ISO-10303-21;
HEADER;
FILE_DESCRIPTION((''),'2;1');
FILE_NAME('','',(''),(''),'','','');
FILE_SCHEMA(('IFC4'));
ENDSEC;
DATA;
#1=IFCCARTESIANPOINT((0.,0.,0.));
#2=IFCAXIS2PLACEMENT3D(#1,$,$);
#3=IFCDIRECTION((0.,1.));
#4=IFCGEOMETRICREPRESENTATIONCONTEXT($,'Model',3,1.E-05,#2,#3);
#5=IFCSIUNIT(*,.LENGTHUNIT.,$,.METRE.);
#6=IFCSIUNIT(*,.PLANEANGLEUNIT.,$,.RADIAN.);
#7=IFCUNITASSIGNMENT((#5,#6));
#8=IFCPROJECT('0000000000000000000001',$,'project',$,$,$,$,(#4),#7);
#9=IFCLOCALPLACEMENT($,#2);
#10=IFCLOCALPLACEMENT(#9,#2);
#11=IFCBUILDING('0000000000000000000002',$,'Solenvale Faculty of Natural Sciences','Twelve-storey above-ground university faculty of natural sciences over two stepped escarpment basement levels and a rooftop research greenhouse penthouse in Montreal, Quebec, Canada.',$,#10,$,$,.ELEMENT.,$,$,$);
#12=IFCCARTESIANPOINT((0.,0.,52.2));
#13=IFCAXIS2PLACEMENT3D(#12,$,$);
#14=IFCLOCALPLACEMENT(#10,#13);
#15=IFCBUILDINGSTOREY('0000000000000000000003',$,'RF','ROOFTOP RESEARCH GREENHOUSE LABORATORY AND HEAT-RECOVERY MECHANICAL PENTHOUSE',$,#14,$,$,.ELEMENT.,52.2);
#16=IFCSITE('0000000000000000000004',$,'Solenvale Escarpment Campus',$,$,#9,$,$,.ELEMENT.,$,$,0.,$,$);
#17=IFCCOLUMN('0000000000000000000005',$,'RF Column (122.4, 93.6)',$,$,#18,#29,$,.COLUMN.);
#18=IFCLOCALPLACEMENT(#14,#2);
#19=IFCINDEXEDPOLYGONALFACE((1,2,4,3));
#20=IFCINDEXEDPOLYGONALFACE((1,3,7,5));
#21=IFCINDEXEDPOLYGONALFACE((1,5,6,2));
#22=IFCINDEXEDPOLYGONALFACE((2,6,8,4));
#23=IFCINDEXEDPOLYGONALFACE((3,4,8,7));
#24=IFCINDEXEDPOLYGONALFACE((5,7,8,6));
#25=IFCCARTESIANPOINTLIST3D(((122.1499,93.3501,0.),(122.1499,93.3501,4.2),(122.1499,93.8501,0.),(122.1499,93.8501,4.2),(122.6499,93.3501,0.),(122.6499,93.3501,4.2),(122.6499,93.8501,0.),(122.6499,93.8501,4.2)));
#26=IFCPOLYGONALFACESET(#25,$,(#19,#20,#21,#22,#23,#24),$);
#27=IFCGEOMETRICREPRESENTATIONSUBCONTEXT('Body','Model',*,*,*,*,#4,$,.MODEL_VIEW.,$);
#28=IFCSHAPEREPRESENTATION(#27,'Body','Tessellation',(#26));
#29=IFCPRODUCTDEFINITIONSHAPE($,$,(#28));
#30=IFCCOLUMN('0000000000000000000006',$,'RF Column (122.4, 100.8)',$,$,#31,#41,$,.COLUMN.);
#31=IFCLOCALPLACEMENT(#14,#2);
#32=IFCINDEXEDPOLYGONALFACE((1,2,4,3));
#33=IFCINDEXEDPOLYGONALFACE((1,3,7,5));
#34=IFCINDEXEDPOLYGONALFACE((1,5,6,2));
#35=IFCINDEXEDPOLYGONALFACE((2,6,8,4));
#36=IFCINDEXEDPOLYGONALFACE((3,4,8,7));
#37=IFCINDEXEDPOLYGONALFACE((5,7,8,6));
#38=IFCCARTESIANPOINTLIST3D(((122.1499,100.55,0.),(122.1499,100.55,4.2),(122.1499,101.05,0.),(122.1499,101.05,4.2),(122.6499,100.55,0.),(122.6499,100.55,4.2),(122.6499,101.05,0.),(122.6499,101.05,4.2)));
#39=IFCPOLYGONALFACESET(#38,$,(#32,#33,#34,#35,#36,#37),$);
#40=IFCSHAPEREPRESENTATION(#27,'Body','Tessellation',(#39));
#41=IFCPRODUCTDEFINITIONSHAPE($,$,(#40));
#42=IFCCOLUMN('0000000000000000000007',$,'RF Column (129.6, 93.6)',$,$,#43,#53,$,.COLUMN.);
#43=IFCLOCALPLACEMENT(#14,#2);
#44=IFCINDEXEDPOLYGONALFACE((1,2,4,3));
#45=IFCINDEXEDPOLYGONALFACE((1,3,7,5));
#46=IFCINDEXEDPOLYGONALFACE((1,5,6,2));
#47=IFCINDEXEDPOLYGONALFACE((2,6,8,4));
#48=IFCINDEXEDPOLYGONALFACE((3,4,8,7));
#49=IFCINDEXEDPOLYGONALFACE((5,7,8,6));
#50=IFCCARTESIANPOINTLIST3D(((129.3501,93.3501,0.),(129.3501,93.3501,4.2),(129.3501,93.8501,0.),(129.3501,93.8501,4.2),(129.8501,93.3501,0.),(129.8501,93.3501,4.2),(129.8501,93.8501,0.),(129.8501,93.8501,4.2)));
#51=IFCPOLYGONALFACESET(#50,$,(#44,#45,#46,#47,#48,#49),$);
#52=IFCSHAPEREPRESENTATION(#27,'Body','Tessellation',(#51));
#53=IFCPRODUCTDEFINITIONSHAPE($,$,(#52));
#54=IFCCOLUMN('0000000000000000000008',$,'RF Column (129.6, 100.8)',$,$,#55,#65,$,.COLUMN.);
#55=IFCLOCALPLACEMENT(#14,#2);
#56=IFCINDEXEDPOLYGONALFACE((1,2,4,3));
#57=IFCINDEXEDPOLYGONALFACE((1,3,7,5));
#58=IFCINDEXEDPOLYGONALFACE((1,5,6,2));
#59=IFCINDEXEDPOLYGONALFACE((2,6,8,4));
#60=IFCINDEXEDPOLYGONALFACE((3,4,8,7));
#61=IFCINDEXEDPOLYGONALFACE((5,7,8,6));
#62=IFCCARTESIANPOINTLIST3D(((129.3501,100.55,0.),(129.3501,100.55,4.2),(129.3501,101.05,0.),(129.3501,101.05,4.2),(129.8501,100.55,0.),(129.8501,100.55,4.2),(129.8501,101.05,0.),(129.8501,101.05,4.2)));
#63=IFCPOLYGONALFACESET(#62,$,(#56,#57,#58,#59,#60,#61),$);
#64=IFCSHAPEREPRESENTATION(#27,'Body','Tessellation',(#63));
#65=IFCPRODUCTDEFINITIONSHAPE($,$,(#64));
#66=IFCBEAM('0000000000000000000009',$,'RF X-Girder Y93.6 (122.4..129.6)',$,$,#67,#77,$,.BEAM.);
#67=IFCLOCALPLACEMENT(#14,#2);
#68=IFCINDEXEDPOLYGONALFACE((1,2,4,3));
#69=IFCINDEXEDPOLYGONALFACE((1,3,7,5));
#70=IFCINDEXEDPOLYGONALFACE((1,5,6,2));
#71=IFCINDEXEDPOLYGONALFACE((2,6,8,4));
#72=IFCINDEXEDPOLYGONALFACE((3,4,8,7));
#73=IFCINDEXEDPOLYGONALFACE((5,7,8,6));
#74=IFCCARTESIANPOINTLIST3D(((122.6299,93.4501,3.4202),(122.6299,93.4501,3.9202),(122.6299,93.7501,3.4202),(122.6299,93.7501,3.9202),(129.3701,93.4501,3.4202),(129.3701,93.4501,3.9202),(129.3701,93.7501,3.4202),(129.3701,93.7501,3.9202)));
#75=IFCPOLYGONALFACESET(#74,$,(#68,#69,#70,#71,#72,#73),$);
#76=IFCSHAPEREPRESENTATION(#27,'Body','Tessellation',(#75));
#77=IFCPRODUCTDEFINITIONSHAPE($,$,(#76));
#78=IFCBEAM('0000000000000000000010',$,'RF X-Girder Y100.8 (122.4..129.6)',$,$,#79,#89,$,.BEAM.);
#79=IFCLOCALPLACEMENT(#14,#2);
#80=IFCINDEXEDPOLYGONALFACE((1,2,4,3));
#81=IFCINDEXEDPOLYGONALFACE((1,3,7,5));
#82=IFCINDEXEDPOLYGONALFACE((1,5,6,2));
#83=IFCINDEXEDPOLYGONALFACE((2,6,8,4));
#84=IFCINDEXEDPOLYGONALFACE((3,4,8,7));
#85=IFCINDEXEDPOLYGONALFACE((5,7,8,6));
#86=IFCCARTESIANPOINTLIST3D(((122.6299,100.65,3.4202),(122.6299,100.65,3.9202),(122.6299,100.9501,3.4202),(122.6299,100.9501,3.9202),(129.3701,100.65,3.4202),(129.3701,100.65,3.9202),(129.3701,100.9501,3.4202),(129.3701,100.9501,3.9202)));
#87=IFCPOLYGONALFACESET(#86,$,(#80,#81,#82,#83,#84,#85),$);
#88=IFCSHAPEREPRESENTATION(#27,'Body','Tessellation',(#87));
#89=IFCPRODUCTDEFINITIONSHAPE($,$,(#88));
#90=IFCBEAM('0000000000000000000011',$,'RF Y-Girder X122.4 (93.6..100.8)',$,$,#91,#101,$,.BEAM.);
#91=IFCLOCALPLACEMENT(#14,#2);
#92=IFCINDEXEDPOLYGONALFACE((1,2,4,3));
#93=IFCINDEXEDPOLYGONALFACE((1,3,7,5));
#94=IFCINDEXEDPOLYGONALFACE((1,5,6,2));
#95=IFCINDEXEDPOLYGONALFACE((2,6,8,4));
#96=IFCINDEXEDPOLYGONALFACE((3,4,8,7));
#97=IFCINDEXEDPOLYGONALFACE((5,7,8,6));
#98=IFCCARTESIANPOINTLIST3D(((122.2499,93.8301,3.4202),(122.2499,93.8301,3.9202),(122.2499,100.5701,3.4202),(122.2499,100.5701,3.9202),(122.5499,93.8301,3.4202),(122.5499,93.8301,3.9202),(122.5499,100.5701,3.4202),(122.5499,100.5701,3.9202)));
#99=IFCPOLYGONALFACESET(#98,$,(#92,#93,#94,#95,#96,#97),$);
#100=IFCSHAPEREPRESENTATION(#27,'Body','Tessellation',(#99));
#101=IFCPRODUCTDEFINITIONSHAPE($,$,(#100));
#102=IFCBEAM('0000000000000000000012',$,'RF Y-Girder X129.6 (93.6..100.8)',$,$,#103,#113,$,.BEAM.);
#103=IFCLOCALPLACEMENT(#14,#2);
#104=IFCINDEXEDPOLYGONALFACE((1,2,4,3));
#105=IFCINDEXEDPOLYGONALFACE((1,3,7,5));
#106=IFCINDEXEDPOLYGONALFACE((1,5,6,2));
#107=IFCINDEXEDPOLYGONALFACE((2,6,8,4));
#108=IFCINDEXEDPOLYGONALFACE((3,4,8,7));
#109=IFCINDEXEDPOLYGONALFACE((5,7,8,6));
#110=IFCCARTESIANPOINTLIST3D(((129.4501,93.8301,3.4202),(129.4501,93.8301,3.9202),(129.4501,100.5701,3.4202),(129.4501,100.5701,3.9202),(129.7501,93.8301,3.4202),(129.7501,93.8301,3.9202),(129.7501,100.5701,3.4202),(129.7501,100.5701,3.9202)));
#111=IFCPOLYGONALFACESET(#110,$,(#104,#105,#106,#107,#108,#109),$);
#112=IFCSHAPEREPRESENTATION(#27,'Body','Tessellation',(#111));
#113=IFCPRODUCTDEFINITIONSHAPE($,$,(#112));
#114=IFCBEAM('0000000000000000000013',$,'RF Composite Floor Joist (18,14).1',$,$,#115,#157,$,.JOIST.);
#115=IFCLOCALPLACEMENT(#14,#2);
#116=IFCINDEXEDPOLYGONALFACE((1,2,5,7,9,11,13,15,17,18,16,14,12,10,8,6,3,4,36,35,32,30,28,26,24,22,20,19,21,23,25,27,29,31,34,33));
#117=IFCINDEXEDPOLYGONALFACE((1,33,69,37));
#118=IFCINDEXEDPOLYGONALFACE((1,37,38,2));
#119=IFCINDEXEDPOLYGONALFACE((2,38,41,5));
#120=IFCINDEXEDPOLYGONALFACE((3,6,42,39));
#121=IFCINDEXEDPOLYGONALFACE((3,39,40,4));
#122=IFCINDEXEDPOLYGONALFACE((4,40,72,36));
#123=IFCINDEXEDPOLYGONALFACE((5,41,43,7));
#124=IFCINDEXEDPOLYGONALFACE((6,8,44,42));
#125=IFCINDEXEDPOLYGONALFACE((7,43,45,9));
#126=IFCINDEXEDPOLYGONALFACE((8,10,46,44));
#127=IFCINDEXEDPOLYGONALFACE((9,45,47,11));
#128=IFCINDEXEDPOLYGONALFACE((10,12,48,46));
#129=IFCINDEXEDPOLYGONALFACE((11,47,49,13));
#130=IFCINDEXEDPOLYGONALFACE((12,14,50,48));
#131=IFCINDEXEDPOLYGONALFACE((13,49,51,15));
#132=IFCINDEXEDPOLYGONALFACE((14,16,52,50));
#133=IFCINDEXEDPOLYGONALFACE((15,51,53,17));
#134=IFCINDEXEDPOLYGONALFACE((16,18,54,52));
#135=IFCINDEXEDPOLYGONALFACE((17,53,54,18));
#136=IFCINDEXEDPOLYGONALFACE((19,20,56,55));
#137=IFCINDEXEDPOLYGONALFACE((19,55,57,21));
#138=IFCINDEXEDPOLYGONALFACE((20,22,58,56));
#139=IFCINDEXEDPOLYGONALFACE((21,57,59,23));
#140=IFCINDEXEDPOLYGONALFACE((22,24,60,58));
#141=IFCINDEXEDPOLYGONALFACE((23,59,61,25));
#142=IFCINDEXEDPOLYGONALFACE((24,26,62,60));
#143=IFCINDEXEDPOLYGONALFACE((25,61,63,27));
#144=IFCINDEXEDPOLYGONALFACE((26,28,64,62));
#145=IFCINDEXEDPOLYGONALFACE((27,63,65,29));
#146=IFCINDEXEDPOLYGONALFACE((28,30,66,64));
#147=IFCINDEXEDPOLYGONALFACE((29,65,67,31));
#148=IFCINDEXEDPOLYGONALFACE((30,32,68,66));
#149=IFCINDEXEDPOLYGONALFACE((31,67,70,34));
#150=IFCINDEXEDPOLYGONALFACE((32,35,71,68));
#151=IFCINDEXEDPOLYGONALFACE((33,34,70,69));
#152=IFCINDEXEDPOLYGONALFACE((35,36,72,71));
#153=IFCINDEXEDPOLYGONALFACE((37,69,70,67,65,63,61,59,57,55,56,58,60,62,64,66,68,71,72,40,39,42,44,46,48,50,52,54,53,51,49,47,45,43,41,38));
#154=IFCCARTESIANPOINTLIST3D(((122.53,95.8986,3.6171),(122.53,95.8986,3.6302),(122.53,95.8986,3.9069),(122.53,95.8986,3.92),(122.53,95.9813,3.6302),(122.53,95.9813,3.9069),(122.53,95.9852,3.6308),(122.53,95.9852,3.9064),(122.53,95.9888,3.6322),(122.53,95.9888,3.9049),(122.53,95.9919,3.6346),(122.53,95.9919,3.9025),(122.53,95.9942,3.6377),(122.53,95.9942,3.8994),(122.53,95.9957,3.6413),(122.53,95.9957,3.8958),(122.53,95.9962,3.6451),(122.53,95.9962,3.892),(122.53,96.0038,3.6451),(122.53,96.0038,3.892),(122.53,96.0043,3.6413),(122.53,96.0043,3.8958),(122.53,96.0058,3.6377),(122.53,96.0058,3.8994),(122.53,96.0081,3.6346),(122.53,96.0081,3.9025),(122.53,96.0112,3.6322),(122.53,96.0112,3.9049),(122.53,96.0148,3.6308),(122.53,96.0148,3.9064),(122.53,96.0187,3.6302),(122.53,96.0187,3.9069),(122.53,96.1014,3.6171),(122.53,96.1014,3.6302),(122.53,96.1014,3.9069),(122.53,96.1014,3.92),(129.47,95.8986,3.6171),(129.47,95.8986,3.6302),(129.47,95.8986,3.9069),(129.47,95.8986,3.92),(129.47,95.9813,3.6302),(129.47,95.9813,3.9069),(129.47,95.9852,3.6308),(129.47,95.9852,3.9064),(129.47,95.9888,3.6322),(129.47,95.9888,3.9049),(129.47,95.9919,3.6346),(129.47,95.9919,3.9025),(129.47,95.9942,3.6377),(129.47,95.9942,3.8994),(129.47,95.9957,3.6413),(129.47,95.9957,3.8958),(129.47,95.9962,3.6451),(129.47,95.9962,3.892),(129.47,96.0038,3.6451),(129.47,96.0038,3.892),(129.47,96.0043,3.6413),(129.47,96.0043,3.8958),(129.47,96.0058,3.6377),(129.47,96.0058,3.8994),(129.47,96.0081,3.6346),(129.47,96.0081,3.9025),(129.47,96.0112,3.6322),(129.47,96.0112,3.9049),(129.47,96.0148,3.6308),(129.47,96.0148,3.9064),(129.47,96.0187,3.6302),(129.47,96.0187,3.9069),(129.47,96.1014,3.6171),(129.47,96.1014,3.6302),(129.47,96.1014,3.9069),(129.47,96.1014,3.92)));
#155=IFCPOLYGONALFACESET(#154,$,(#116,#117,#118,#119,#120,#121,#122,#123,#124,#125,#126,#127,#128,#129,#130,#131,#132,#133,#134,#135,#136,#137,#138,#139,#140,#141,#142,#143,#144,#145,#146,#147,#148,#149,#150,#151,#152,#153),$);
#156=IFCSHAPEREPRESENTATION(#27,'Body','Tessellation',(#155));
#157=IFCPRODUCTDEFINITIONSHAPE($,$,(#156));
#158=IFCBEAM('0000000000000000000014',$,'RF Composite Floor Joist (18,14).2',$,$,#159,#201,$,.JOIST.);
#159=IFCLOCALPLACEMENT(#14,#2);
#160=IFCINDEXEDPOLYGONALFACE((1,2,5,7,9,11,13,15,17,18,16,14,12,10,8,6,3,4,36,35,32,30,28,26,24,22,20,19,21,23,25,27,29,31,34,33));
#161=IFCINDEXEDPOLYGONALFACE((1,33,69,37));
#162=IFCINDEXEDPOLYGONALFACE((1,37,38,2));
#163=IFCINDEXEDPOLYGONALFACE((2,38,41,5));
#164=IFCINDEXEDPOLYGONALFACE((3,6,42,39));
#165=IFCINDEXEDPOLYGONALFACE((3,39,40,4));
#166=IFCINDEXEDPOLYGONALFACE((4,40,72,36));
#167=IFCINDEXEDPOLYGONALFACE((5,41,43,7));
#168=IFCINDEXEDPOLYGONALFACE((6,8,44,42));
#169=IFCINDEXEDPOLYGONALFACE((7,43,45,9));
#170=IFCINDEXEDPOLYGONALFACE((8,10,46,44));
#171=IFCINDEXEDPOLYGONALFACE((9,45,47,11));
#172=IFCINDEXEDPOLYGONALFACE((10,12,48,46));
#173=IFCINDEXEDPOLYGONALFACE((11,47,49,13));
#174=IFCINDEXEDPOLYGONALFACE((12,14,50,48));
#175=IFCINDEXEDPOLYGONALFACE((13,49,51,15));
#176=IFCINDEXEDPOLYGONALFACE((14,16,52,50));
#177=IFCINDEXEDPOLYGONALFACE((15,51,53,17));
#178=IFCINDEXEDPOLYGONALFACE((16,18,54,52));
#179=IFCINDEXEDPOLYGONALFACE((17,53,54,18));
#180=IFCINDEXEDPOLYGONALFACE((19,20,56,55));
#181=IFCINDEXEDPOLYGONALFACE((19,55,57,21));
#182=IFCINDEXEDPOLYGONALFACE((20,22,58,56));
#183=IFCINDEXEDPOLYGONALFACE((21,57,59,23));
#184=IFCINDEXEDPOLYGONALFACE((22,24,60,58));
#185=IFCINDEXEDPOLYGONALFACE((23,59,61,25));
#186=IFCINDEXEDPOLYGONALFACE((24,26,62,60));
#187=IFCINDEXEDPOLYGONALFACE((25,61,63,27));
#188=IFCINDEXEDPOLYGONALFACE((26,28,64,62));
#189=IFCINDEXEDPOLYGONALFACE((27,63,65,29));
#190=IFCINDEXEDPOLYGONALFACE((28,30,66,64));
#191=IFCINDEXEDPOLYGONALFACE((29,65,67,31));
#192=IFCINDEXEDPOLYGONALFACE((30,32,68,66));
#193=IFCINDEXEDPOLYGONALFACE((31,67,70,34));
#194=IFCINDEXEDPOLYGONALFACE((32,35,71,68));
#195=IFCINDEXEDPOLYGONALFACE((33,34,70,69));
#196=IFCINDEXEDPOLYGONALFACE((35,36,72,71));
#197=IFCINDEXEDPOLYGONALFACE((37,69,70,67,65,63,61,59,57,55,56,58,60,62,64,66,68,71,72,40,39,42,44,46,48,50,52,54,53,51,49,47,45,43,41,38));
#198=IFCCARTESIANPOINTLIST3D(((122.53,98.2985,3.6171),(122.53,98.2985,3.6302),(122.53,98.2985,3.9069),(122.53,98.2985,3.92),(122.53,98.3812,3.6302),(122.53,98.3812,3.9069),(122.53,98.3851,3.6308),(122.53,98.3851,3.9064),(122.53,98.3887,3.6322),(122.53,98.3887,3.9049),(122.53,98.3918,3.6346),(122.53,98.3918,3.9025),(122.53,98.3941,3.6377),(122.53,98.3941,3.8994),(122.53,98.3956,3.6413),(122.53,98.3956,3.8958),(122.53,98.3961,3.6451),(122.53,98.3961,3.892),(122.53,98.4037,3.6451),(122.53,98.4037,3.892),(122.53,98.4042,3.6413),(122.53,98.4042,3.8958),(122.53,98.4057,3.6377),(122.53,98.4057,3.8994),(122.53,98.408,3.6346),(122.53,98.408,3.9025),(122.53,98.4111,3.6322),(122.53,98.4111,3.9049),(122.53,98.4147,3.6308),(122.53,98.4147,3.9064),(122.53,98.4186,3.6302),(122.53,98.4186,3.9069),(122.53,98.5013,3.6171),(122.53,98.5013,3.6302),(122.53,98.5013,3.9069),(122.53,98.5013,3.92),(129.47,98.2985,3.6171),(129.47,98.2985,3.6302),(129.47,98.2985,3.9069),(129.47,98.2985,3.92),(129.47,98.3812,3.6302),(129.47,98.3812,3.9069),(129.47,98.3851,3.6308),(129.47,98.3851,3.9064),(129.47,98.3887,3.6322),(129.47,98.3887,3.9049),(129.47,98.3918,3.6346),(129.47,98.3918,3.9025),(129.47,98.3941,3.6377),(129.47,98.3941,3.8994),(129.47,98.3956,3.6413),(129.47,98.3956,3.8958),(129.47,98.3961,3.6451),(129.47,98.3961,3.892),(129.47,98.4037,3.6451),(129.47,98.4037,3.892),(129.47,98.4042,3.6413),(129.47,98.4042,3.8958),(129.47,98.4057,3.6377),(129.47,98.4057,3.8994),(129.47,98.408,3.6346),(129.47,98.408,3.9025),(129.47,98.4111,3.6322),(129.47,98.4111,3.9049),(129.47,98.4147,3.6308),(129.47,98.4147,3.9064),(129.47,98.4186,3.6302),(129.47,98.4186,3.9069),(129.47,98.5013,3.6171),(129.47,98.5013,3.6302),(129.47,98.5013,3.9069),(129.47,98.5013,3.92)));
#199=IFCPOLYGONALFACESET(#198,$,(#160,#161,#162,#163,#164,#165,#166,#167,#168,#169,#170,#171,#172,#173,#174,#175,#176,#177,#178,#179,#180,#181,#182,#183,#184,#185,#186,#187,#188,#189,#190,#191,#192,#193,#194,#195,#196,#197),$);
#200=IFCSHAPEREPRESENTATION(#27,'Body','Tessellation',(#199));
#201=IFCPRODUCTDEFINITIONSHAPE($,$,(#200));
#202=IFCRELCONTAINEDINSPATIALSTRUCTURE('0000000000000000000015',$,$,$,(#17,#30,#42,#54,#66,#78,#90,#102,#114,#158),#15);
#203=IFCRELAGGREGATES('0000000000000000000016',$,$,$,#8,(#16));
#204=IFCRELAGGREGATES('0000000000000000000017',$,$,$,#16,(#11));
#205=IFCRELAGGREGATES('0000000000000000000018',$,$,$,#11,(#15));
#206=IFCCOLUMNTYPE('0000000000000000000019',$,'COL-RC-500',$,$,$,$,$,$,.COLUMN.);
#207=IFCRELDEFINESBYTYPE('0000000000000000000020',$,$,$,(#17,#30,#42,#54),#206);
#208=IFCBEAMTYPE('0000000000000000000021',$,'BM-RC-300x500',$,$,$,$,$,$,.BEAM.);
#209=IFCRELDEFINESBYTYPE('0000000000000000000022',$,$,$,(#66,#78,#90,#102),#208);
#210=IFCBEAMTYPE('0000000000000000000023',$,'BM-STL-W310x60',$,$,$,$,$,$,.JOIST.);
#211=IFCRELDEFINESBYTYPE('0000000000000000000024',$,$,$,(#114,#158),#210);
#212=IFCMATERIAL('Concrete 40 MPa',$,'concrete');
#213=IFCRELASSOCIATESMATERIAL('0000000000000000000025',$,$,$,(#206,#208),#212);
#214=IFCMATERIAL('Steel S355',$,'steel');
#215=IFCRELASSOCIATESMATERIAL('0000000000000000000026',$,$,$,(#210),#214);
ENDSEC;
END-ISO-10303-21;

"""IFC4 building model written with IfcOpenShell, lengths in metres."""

from ifc_helpers import new_model, si_unit, direction, frame, origin, origin_2d, place, context, subcontext, project, spatial, rectangle, i_section, extrude, material, material_profile, profile_set, type_object, element, save


model = new_model("IFC4")

# Units and contexts
model_context = context("Model", 3, precision=1e-05, world=origin(), true_north=direction((0.0, 1.0)))
body_context = subcontext(model_context, "Body", "Model", "MODEL_VIEW")
ifc_project = project(units=[si_unit("LENGTHUNIT", "METRE"), si_unit("PLANEANGLEUNIT", "RADIAN")], contexts=[model_context])

# Site, building, storey
site_placement = place(None, origin())
site = spatial("IfcSite", under=ifc_project, at=site_placement, Name="Solenvale Escarpment Campus", CompositionType="ELEMENT", RefElevation=0.0)
building_placement = place(site_placement, origin())
building = spatial("IfcBuilding", under=site, at=building_placement, Name="Solenvale Faculty of Natural Sciences", Description="Twelve-storey above-ground university faculty of natural sciences over two stepped escarpment basement levels and a rooftop research greenhouse penthouse in Montreal, Quebec, Canada.", CompositionType="ELEMENT")
storey_placement = place(building_placement, frame((0.0, 0.0, 52.2)))
storey = spatial("IfcBuildingStorey", under=building, at=storey_placement, Name="RF", Description="ROOFTOP RESEARCH GREENHOUSE LABORATORY AND HEAT-RECOVERY MECHANICAL PENTHOUSE", CompositionType="ELEMENT", Elevation=52.2)

# Columns
ifc_material_1 = material(Name="Concrete 40 MPa", Category="concrete")
ifc_material_profile_1 = material_profile(ifc_material_1, rectangle(XDim=0.5, YDim=0.5, at=origin_2d()), Name="RC-COL-500x500")
ifc_profile_set_1 = profile_set([ifc_material_profile_1], Name="Concrete 40 MPa")
column_type = type_object("IfcColumnType", Name="COL-RC-500", PredefinedType="COLUMN", material=ifc_profile_set_1)
for number, where, z_axis, x_axis, name in (
    (1, (122.3999, 93.6001, 0.0), (0.0, 0.0, 1.0), (1.0, 0.0, 0.0), "RF Column (122.4, 93.6)"),
    (2, (122.3999, 100.8, 0.0), (0.0, 0.0, 1.0), (1.0, 0.0, 0.0), "RF Column (122.4, 100.8)"),
    (3, (129.6001, 93.6001, 0.0), (0.0, 0.0, 1.0), (1.0, 0.0, 0.0), "RF Column (129.6, 93.6)"),
    (4, (129.6001, 100.8, 0.0), (0.0, 0.0, 1.0), (1.0, 0.0, 0.0), "RF Column (129.6, 100.8)"),
):
    element("IfcColumn", number, at=place(storey_placement, frame(where, z_axis=z_axis, x_axis=x_axis)), inside=storey, type_object=column_type, Name=name, PredefinedType="COLUMN", context=body_context, shape_type="SweptSolid", body=[
        extrude(rectangle(XDim=0.5, YDim=0.5, at=origin_2d()), origin(), (0.0, 0.0, 1.0), 4.2),
    ])

# Beams
ifc_material_profile_2 = material_profile(ifc_material_1, rectangle(XDim=0.3, YDim=0.5, at=origin_2d()), Name="RC-BM-300x500")
ifc_profile_set_2 = profile_set([ifc_material_profile_2], Name="Concrete 40 MPa")
beam_type_1 = type_object("IfcBeamType", Name="BM-RC-300x500", PredefinedType="BEAM", material=ifc_profile_set_2)
for number, where, z_axis, x_axis, name in (
    (5, (122.6299, 93.6001, 3.6702), (1.0, 0.0, 0.0), (0.0, 1.0, 0.0), "RF X-Girder Y93.6 (122.4..129.6)"),
    (6, (122.6299, 100.8, 3.6702), (1.0, 0.0, 0.0), (0.0, 1.0, 0.0), "RF X-Girder Y100.8 (122.4..129.6)"),
):
    element("IfcBeam", number, at=place(storey_placement, frame(where, z_axis=z_axis, x_axis=x_axis)), inside=storey, type_object=beam_type_1, Name=name, PredefinedType="BEAM", context=body_context, shape_type="SweptSolid", body=[
        extrude(rectangle(XDim=0.3, YDim=0.5, at=origin_2d()), origin(), (0.0, 0.0, 1.0), 6.7402),
    ])
for number, where, z_axis, x_axis, name in (
    (7, (122.3999, 93.8301, 3.6702), (0.0, 1.0, 0.0), (-1.0, 0.0, 0.0), "RF Y-Girder X122.4 (93.6..100.8)"),
    (8, (129.6001, 93.8301, 3.6702), (0.0, 1.0, 0.0), (-1.0, 0.0, 0.0), "RF Y-Girder X129.6 (93.6..100.8)"),
):
    element("IfcBeam", number, at=place(storey_placement, frame(where, z_axis=z_axis, x_axis=x_axis)), inside=storey, type_object=beam_type_1, Name=name, PredefinedType="BEAM", context=body_context, shape_type="SweptSolid", body=[
        extrude(rectangle(XDim=0.3, YDim=0.5, at=origin_2d()), origin(), (0.0, 0.0, 1.0), 6.74),
    ])
ifc_material_2 = material(Name="Steel S355", Category="steel")
ifc_material_profile_3 = material_profile(ifc_material_2, i_section(OverallWidth=0.2029, OverallDepth=0.303, WebThickness=0.0076, FlangeThickness=0.0132, FilletRadius=0.0149, at=origin_2d()), Name="W310x60")
ifc_profile_set_3 = profile_set([ifc_material_profile_3], Name="Steel S355")
beam_type_2 = type_object("IfcBeamType", Name="BM-STL-W310x60", PredefinedType="JOIST", material=ifc_profile_set_3)
for number, where, z_axis, x_axis, name in (
    (9, (122.53, 96.0, 3.7686), (1.0, 0.0, 0.0), (0.0, 1.0, 0.0), "RF Composite Floor Joist (18,14).1"),
    (10, (122.53, 98.3999, 3.7686), (1.0, 0.0, 0.0), (0.0, 1.0, 0.0), "RF Composite Floor Joist (18,14).2"),
):
    element("IfcBeam", number, at=place(storey_placement, frame(where, z_axis=z_axis, x_axis=x_axis)), inside=storey, type_object=beam_type_2, Name=name, PredefinedType="JOIST", context=body_context, shape_type="SweptSolid", body=[
        extrude(i_section(OverallWidth=0.2029, OverallDepth=0.303, WebThickness=0.0076, FlangeThickness=0.0132, FilletRadius=0.0149, at=origin_2d()), origin(), (0.0, 0.0, 1.0), 6.9399),
    ])

save(model, "model.ifc")
